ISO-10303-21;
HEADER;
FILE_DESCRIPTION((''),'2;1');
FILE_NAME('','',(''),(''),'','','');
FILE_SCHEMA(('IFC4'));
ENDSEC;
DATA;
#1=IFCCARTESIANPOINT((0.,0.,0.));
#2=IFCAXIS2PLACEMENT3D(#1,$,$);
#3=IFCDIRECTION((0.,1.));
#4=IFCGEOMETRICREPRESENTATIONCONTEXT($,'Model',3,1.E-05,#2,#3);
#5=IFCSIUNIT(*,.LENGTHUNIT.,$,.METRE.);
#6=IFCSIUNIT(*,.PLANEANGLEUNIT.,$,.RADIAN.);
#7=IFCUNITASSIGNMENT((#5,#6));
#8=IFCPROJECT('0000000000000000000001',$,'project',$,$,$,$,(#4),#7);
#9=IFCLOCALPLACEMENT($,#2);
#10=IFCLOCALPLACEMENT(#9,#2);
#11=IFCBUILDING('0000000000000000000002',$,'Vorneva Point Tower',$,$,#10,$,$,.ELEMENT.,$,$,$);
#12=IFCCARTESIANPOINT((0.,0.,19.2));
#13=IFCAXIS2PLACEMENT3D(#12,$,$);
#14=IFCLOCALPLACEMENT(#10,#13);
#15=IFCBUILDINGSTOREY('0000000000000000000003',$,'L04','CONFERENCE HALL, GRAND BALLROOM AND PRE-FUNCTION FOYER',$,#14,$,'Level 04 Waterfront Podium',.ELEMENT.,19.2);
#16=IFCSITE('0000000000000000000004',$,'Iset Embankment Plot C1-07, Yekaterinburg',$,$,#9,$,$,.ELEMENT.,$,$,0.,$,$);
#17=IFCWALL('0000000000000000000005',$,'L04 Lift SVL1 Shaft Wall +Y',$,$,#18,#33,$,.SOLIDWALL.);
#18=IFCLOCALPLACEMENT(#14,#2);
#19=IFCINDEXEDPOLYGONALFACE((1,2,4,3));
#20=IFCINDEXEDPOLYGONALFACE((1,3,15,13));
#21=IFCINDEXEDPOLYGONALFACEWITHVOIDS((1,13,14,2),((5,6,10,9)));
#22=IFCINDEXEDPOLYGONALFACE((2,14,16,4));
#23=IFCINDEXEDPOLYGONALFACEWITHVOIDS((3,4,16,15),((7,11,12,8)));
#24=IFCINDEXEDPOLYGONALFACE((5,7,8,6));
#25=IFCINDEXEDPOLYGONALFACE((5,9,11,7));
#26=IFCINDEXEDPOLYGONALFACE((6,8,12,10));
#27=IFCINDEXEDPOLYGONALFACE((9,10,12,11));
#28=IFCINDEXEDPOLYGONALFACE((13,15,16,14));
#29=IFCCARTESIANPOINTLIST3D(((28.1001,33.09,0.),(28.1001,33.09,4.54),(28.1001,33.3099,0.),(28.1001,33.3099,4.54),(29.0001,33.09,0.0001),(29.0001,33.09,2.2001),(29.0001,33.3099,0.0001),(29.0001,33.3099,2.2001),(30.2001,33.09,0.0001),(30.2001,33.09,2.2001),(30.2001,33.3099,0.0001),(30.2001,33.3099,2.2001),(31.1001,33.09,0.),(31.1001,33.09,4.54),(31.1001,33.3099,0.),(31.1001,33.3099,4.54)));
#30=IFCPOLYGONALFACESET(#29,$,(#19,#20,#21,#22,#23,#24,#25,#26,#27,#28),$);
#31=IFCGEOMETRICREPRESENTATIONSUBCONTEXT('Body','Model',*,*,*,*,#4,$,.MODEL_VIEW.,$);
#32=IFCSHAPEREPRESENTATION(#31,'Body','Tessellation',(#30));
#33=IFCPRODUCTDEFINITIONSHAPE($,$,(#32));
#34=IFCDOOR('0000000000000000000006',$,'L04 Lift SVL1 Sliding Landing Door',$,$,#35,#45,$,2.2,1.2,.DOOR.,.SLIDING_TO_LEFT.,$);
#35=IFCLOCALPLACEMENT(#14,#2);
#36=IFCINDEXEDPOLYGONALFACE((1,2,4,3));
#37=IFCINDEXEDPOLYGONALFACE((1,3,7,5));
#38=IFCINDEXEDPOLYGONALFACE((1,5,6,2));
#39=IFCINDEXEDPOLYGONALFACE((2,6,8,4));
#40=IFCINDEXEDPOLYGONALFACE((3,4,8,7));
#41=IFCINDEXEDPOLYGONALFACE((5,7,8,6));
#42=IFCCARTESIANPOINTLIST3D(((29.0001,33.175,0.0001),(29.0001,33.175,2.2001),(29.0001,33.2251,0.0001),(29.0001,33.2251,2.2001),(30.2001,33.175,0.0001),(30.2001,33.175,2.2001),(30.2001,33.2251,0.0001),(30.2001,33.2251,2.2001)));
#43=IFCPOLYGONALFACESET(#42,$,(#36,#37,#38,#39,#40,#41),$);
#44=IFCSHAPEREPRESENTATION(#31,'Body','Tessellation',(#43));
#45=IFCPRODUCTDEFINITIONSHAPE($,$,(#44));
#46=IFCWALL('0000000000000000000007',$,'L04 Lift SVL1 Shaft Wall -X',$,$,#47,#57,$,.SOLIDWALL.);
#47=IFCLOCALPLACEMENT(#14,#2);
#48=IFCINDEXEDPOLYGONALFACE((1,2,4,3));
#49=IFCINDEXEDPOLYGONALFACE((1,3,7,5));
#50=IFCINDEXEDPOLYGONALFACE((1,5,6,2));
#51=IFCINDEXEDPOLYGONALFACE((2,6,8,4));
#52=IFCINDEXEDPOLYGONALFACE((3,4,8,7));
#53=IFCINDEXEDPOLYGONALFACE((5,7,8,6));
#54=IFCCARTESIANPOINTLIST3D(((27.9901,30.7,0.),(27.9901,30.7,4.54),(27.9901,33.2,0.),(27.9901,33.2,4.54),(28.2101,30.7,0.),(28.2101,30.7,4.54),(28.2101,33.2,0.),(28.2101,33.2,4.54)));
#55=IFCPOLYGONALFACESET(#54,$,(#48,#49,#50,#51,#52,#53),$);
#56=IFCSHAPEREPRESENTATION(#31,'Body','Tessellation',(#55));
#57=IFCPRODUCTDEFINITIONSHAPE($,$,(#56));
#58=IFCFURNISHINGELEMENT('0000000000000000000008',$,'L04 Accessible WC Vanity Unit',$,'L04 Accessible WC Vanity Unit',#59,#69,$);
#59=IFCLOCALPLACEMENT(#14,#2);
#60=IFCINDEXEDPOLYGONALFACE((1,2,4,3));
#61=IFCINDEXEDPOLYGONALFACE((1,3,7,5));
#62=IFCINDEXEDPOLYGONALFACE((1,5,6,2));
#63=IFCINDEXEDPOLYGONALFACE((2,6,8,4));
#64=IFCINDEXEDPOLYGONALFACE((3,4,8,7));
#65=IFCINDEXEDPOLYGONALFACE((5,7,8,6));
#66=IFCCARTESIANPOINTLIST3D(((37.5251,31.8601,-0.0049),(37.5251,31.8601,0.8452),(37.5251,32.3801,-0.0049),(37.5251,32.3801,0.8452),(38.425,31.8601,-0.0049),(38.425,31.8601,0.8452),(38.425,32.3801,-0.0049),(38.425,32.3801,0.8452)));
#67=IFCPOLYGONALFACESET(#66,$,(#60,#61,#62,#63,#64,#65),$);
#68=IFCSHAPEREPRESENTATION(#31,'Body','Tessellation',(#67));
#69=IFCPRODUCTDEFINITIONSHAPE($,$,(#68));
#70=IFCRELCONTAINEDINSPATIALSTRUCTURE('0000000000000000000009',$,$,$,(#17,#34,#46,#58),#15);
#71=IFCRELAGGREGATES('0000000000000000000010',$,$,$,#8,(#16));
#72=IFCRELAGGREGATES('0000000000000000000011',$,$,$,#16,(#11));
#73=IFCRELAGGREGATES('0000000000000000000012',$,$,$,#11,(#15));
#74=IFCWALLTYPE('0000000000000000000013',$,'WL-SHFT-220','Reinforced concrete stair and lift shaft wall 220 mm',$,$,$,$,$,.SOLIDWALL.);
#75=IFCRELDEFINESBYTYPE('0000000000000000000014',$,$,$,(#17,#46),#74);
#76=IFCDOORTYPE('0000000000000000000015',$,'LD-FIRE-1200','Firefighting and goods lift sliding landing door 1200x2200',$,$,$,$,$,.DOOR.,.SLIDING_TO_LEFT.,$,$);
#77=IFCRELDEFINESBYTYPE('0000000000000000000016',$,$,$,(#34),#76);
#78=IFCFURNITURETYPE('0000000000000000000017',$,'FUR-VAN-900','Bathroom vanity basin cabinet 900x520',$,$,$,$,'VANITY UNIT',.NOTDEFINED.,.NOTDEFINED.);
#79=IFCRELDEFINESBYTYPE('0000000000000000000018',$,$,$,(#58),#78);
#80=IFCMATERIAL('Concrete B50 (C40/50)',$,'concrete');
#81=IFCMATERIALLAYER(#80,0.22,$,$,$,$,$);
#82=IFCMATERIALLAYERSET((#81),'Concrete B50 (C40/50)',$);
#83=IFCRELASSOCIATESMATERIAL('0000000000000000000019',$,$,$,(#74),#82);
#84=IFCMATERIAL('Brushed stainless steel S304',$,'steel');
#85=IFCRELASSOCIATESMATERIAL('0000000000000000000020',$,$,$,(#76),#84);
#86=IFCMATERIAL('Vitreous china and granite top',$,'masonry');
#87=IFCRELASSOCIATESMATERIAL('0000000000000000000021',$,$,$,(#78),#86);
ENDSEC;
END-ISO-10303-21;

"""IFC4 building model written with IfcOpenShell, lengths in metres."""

from ifc_helpers import new_model, si_unit, direction, frame, frame_2d, origin, origin_2d, place, context, subcontext, project, spatial, rectangle, extrude, material, layer, layer_set, type_object, element, fill, save


model = new_model("IFC4")

# Units and contexts
model_context = context("Model", 3, precision=1e-05, world=origin(), true_north=direction((0.0, 1.0)))
body_context = subcontext(model_context, "Body", "Model", "MODEL_VIEW")
ifc_project = project(units=[si_unit("LENGTHUNIT", "METRE"), si_unit("PLANEANGLEUNIT", "RADIAN")], contexts=[model_context])

# Site, building, storey
site_placement = place(None, origin())
site = spatial("IfcSite", under=ifc_project, at=site_placement, Name="Iset Embankment Plot C1-07, Yekaterinburg", CompositionType="ELEMENT", RefElevation=0.0)
building_placement = place(site_placement, origin())
building = spatial("IfcBuilding", under=site, at=building_placement, Name="Vorneva Point Tower", CompositionType="ELEMENT")
storey_placement = place(building_placement, frame((0.0, 0.0, 19.2)))
storey = spatial("IfcBuildingStorey", under=building, at=storey_placement, Name="L04", Description="CONFERENCE HALL, GRAND BALLROOM AND PRE-FUNCTION FOYER", LongName="Level 04 Waterfront Podium", CompositionType="ELEMENT", Elevation=19.2)

# Shared definitions
ifc_material_1 = material(Name="Concrete B50 (C40/50)", Category="concrete")
ifc_layer_1 = layer(ifc_material_1, 0.22)
ifc_layer_set_1 = layer_set([ifc_layer_1], Name="Concrete B50 (C40/50)")
wall_type_1 = type_object("IfcWallType", Name="WL-SHFT-220", Description="Reinforced concrete stair and lift shaft wall 220 mm", PredefinedType="SOLIDWALL", material=ifc_layer_set_1)

# Wall, opening, door
wall_1_placement = place(storey_placement, frame((31.1001, 33.2, 0.0), z_axis=(0.0, 0.0, 1.0), x_axis=(-1.0, 0.0, 0.0)))
wall_1 = element("IfcWall", 1, at=wall_1_placement, inside=storey, type_object=wall_type_1, Name="L04 Lift SVL1 Shaft Wall +Y", PredefinedType="SOLIDWALL", context=body_context, shape_type="SweptSolid", body=[
    extrude(rectangle(XDim=3.0, YDim=0.22, at=frame_2d((1.5, 0.0))), origin(), (0.0, 0.0, 1.0), 4.54),
])
opening_1_placement = place(wall_1_placement, frame((0.8999, 0.0, 0.0)))
opening_1 = element("IfcOpeningElement", 2, at=opening_1_placement, cuts=wall_1, PredefinedType="OPENING", context=body_context, shape_type="SweptSolid", body=[
    extrude(rectangle(XDim=1.2, YDim=2.2, at=frame_2d((0.6001, 1.1001))), frame((0.0, 0.125, 0.0), z_axis=(0.0, -1.0, 0.0), x_axis=(1.0, 0.0, 0.0)), (0.0, 0.0, 1.0), 0.2498),
])
ifc_material_2 = material(Name="Brushed stainless steel S304", Category="steel")
door_type_1 = type_object("IfcDoorType", Name="LD-FIRE-1200", Description="Firefighting and goods lift sliding landing door 1200x2200", OperationType="SLIDING_TO_LEFT", PredefinedType="DOOR", material=ifc_material_2)
door_1_placement = place(opening_1_placement, origin())
door_1 = element("IfcDoor", 3, at=door_1_placement, inside=storey, type_object=door_type_1, Name="L04 Lift SVL1 Sliding Landing Door", OperationType="SLIDING_TO_LEFT", OverallHeight=2.2, OverallWidth=1.2, PredefinedType="DOOR", context=body_context, shape_type="SweptSolid", body=[
    extrude(rectangle(XDim=1.2, YDim=2.2, at=frame_2d((0.6001, 1.1001))), frame((0.0, 0.0249, 0.0), z_axis=(0.0, -1.0, 0.0), x_axis=(1.0, 0.0, 0.0)), (0.0, 0.0, 1.0), 0.05),
])
fill(opening_1, door_1)

# Wall
wall_2_placement = place(storey_placement, frame((28.1001, 33.2, 0.0), z_axis=(0.0, 0.0, 1.0), x_axis=(0.0, -1.0, 0.0)))
element("IfcWall", 4, at=wall_2_placement, inside=storey, type_object=wall_type_1, Name="L04 Lift SVL1 Shaft Wall -X", PredefinedType="SOLIDWALL", context=body_context, shape_type="SweptSolid", body=[
    extrude(rectangle(XDim=2.5, YDim=0.22, at=frame_2d((1.25, 0.0))), origin(), (0.0, 0.0, 1.0), 4.54),
])

# Furnishing element
ifc_material_3 = material(Name="Vitreous china and granite top", Category="masonry")
furniture_type = type_object("IfcFurnitureType", Name="FUR-VAN-900", Description="Bathroom vanity basin cabinet 900x520", ElementType="VANITY UNIT", AssemblyPlace="NOTDEFINED", PredefinedType="NOTDEFINED", material=ifc_material_3)
furnishing_placement = place(storey_placement, frame((37.9751, 32.1201, -0.0049), z_axis=(0.0, 0.0, 1.0), x_axis=(1.0, 0.0, 0.0)))
element("IfcFurnishingElement", 5, at=furnishing_placement, inside=storey, type_object=furniture_type, Name="L04 Accessible WC Vanity Unit", ObjectType="L04 Accessible WC Vanity Unit", context=body_context, shape_type="SweptSolid", body=[
    extrude(rectangle(XDim=0.8999, YDim=0.52, at=origin_2d()), origin(), (0.0, 0.0, 1.0), 0.8501),
])

save(model, "model.ifc")
